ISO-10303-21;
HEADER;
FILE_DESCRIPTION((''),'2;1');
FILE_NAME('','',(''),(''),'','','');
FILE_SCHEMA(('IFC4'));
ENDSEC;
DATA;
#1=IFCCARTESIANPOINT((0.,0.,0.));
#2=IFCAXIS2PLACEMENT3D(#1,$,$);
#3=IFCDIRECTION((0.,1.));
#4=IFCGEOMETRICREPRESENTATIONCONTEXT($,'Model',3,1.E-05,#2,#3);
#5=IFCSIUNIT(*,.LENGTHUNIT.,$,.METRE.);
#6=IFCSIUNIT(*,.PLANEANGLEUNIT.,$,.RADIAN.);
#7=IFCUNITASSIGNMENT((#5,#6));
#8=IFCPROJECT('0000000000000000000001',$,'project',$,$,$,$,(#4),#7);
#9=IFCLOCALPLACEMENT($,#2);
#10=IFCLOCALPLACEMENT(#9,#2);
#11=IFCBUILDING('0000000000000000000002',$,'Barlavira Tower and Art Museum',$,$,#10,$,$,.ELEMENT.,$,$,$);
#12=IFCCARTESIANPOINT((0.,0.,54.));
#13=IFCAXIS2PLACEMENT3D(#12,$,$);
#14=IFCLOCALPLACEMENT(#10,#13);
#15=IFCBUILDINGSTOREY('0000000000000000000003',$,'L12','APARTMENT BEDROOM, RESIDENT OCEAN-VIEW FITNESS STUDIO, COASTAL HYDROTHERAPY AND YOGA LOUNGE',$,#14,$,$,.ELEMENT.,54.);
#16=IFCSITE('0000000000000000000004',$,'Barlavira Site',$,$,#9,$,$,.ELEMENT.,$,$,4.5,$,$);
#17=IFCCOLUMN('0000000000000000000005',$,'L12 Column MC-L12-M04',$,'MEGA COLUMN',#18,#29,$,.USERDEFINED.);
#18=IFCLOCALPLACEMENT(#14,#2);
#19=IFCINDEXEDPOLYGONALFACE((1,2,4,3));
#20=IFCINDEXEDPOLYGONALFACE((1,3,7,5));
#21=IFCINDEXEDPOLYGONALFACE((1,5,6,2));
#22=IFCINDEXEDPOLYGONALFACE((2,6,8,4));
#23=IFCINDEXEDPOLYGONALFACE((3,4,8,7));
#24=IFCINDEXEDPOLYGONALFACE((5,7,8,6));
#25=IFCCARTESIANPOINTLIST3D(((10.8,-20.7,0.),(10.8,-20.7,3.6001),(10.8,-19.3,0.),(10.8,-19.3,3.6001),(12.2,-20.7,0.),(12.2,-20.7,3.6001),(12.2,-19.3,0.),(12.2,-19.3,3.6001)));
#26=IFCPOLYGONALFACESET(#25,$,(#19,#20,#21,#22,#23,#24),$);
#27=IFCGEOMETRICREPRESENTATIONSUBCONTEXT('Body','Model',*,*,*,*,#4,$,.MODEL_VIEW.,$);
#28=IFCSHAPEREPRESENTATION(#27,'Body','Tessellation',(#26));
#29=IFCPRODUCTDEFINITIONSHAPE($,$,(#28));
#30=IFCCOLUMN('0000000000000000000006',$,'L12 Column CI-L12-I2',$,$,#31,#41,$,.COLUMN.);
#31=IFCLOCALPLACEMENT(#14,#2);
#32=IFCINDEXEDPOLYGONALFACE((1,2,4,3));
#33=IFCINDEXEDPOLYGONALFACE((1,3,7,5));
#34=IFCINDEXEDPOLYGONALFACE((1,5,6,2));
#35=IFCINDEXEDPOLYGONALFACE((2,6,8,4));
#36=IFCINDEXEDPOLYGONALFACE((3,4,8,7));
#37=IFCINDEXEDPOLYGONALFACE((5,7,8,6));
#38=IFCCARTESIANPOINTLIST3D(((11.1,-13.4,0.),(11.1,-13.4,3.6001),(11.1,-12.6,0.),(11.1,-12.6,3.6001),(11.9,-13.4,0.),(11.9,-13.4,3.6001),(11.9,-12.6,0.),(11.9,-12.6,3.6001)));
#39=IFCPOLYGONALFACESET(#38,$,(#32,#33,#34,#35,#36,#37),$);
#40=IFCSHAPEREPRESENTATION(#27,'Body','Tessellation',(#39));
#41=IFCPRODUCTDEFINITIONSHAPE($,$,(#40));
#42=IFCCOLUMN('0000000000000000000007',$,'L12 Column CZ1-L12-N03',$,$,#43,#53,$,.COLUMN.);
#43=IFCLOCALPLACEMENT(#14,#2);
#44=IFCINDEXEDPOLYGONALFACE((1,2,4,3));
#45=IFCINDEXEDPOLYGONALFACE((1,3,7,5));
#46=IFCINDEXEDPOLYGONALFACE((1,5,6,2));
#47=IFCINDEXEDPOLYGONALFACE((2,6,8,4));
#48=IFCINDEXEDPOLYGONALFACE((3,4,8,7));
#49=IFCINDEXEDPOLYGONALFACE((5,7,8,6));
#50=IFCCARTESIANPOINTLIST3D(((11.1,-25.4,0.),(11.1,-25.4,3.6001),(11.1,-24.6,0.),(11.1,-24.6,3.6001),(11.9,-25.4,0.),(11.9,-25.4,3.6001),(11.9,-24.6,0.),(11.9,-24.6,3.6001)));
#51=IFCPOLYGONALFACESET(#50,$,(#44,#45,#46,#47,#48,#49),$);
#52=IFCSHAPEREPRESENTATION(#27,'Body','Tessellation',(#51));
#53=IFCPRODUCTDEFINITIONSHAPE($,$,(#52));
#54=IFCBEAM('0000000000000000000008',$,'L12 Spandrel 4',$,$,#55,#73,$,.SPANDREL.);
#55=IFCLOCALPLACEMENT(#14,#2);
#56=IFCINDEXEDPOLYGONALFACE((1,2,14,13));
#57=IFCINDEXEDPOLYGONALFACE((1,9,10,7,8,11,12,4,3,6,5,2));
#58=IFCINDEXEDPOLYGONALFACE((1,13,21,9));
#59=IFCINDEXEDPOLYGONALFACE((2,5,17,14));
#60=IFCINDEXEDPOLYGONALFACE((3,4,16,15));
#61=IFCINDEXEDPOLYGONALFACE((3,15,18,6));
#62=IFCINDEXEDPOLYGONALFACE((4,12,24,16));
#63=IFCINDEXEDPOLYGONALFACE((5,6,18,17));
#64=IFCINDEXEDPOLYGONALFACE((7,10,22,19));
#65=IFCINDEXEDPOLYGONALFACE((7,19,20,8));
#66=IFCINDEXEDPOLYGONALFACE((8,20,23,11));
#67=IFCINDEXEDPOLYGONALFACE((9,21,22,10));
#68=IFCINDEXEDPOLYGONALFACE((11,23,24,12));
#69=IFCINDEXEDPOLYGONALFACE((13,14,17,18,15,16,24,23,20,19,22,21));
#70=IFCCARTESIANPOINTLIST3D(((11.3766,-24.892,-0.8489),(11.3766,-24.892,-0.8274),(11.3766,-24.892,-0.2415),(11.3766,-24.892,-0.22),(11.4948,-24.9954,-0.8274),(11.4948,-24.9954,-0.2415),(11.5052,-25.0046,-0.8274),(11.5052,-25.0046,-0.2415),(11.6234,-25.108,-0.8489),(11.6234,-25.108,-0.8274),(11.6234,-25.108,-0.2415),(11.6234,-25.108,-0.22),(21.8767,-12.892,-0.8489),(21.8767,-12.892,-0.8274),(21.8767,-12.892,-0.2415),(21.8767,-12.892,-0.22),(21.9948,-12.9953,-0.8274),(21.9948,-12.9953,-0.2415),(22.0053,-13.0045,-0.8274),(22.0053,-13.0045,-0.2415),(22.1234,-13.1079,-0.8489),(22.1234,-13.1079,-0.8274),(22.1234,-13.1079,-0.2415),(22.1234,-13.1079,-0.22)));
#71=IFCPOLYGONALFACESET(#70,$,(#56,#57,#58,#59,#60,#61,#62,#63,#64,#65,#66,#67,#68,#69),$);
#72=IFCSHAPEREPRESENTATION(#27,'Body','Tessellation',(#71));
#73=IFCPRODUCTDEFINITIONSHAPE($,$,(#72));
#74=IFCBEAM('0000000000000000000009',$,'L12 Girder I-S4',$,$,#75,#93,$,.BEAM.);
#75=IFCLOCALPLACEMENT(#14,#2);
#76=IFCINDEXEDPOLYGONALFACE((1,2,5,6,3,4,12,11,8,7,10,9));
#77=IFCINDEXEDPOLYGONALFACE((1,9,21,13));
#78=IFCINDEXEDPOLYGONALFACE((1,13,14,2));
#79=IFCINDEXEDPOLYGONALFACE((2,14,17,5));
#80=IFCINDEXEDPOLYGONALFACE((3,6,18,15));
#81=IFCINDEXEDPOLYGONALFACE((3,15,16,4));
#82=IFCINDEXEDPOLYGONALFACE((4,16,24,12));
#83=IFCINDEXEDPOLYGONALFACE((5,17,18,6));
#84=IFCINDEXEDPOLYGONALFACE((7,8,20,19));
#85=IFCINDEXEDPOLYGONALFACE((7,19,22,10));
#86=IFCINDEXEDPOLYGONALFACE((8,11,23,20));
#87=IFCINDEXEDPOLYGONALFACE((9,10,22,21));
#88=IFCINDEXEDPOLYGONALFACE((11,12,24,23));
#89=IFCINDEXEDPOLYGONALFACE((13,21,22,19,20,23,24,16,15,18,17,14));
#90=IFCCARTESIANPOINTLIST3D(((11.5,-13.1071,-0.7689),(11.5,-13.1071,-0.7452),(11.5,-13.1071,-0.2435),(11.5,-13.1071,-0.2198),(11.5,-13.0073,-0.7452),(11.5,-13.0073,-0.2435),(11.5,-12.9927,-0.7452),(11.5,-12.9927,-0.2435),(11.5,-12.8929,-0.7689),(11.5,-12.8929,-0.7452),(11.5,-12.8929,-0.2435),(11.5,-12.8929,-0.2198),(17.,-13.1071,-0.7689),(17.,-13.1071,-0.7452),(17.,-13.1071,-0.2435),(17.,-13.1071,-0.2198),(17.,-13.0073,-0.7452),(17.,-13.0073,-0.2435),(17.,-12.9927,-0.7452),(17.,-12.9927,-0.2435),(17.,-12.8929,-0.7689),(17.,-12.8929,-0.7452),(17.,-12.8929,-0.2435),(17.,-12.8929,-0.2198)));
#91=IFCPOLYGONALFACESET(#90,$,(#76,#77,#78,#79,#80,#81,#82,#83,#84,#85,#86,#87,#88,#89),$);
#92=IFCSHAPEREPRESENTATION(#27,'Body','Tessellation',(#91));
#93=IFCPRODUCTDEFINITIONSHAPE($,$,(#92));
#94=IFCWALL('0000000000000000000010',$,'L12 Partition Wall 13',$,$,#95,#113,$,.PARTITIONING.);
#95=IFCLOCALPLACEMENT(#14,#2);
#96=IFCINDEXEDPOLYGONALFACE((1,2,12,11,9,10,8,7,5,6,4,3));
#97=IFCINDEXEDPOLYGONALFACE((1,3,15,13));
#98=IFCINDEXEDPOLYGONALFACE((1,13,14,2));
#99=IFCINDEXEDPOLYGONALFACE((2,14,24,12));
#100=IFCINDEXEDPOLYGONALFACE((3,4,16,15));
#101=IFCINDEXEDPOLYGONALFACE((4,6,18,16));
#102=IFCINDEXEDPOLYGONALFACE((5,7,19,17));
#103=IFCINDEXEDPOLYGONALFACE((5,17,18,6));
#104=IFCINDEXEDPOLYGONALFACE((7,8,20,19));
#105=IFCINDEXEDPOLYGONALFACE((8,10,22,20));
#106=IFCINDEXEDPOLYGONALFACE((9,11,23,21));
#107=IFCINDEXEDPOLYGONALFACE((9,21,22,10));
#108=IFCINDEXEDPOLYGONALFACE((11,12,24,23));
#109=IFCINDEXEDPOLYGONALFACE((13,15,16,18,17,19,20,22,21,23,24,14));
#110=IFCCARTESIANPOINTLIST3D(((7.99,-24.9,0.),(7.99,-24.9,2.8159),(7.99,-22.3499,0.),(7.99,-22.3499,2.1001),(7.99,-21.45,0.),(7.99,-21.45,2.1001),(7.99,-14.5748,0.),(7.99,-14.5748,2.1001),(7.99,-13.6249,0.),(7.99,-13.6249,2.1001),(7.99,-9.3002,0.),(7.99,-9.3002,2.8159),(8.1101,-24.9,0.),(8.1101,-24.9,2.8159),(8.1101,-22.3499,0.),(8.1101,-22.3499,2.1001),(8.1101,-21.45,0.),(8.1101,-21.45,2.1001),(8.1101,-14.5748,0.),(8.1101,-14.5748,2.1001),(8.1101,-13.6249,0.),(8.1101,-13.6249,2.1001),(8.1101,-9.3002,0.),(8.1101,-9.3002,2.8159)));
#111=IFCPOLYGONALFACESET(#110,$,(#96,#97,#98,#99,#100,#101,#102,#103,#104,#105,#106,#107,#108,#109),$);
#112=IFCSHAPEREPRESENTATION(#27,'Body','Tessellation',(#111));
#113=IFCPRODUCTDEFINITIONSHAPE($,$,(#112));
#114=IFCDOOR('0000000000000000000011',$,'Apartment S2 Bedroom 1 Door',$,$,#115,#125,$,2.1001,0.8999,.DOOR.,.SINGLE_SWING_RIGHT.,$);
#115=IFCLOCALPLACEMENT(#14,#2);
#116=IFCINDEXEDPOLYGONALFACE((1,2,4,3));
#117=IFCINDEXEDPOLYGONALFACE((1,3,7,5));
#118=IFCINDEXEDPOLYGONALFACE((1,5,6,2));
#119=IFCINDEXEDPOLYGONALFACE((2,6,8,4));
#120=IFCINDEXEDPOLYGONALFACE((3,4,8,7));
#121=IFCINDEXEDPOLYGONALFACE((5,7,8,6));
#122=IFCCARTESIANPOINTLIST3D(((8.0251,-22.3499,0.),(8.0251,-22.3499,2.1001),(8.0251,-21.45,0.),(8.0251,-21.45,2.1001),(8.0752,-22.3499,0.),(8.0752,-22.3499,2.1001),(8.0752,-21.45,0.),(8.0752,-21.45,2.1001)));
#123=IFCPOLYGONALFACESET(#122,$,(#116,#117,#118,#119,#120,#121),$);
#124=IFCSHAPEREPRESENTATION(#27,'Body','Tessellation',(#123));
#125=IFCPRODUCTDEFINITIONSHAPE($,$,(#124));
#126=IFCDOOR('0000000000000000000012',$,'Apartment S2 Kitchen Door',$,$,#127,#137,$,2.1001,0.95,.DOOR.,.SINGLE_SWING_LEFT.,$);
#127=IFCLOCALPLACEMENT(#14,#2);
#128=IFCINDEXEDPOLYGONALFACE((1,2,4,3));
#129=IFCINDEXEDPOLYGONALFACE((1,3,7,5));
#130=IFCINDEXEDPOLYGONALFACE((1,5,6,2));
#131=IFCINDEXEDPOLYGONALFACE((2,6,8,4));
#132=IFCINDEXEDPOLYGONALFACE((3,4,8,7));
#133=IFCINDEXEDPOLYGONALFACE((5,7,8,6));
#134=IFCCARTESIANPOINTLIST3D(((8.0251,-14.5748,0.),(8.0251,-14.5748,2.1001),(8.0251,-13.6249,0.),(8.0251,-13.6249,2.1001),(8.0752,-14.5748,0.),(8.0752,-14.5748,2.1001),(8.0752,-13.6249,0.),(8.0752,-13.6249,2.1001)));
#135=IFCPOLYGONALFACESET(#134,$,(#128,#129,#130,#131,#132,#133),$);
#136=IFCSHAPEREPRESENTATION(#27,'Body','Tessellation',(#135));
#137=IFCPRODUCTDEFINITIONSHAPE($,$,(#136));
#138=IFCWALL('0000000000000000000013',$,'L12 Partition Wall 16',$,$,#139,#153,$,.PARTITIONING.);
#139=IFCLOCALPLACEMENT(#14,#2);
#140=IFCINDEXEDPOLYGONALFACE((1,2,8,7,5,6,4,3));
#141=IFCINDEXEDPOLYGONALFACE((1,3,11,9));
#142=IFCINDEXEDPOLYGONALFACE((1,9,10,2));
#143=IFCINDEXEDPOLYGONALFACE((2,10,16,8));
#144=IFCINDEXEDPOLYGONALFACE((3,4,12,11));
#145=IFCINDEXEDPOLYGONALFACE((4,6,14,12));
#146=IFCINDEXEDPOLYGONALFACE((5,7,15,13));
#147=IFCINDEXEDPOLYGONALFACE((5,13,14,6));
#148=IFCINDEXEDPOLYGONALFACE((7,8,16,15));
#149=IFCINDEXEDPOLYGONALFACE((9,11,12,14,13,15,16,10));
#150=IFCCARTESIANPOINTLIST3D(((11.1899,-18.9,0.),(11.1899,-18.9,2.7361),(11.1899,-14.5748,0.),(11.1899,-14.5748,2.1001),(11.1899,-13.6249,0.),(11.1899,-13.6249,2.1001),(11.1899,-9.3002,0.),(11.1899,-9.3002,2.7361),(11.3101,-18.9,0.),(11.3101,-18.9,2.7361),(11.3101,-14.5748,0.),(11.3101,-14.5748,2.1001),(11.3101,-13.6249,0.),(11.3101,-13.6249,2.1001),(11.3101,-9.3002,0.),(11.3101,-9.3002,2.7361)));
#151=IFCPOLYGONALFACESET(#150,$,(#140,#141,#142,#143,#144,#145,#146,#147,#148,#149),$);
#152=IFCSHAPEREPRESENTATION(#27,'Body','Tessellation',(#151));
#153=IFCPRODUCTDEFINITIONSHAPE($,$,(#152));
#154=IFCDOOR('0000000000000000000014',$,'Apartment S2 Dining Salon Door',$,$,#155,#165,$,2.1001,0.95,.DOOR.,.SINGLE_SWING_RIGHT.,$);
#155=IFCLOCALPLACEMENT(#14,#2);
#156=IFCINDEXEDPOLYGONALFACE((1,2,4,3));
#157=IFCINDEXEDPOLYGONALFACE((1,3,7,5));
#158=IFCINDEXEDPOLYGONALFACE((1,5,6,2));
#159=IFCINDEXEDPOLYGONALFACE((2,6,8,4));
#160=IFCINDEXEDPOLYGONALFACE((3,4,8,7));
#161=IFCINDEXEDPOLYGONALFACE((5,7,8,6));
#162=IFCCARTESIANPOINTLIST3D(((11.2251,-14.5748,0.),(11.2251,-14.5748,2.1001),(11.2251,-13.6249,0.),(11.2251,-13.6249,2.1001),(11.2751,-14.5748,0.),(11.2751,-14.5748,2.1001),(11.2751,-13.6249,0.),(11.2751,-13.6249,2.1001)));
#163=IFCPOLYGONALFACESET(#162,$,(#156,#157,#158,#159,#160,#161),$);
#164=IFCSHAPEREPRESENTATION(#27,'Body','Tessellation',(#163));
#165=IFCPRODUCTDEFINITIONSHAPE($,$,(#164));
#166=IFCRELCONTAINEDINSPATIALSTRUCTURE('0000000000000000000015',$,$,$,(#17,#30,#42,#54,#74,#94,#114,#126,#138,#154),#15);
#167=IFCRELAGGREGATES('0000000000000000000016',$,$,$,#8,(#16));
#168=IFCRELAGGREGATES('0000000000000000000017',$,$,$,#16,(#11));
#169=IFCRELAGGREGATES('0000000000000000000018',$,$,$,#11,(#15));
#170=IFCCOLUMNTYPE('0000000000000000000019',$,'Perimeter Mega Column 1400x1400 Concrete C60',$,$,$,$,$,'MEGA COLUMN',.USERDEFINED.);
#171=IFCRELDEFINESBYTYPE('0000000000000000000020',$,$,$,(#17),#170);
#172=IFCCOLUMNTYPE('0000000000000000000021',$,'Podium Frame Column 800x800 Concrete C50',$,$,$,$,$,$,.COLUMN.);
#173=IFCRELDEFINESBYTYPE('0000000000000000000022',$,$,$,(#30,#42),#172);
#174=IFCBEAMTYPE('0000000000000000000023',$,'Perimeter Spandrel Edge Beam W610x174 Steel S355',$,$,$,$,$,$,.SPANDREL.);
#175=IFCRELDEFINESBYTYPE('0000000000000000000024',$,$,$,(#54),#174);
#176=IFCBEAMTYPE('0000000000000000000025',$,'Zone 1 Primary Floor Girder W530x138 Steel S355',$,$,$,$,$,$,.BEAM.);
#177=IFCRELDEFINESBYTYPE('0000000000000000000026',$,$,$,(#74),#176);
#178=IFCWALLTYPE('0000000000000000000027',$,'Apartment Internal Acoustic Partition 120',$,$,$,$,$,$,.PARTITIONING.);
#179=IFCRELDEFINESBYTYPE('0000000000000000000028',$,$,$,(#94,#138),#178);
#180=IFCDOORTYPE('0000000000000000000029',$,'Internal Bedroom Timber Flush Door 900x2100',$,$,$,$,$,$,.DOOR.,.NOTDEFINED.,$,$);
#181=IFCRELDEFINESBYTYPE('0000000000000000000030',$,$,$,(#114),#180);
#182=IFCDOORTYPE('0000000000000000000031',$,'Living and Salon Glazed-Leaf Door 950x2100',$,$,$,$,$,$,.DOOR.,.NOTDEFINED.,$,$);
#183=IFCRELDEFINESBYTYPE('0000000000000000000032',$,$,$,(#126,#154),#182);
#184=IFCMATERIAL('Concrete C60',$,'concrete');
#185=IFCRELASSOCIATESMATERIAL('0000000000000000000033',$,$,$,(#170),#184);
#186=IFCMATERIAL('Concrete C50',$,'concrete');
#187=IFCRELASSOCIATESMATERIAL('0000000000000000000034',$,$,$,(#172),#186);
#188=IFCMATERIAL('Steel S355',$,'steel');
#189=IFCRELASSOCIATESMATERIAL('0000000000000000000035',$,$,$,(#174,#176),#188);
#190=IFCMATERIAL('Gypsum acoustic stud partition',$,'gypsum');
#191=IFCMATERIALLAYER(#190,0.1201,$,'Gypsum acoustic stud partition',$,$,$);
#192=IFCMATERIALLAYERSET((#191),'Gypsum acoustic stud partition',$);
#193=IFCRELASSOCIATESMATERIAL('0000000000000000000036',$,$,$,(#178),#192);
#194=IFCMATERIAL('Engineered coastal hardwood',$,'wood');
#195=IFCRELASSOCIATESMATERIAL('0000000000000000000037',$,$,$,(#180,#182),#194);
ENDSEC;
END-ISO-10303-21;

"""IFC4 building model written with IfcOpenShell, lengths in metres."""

from ifc_helpers import new_model, si_unit, direction, frame, frame_2d, origin, origin_2d, place, context, subcontext, project, spatial, rectangle, i_section, extrude, material, layer, layer_set, material_profile, profile_set, type_object, element, fill, save


model = new_model("IFC4")

# Units and contexts
model_context = context("Model", 3, precision=1e-05, world=origin(), true_north=direction((0.0, 1.0)))
body_context = subcontext(model_context, "Body", "Model", "MODEL_VIEW")
ifc_project = project(units=[si_unit("LENGTHUNIT", "METRE"), si_unit("PLANEANGLEUNIT", "RADIAN")], contexts=[model_context])

# Site, building, storey
site_placement = place(None, origin())
site = spatial("IfcSite", under=ifc_project, at=site_placement, Name="Barlavira Site", CompositionType="ELEMENT", RefElevation=4.5)
building_placement = place(site_placement, origin())
building = spatial("IfcBuilding", under=site, at=building_placement, Name="Barlavira Tower and Art Museum", CompositionType="ELEMENT")
storey_placement = place(building_placement, frame((0.0, 0.0, 54.0)))
storey = spatial("IfcBuildingStorey", under=building, at=storey_placement, Name="L12", Description="APARTMENT BEDROOM, RESIDENT OCEAN-VIEW FITNESS STUDIO, COASTAL HYDROTHERAPY AND YOGA LOUNGE", CompositionType="ELEMENT", Elevation=54.0)

# Columns
ifc_material_1 = material(Name="Concrete C60", Category="concrete")
ifc_material_profile_1 = material_profile(ifc_material_1, rectangle(XDim=1.3999, YDim=1.3999, at=origin_2d()), Name="RC-MCOL 1400x1400")
ifc_profile_set_1 = profile_set([ifc_material_profile_1], Name="Concrete C60")
column_type_1 = type_object("IfcColumnType", Name="Perimeter Mega Column 1400x1400 Concrete C60", ElementType="MEGA COLUMN", PredefinedType="USERDEFINED", material=ifc_profile_set_1)
column_placement = place(storey_placement, frame((11.5, -20.0, 0.0), z_axis=(0.0, 0.0, 1.0), x_axis=(1.0, 0.0, 0.0)))
element("IfcColumn", 1, at=column_placement, inside=storey, type_object=column_type_1, Name="L12 Column MC-L12-M04", ObjectType="MEGA COLUMN", PredefinedType="USERDEFINED", context=body_context, shape_type="SweptSolid", body=[
    extrude(rectangle(XDim=1.3999, YDim=1.3999, at=origin_2d()), origin(), (0.0, 0.0, 1.0), 3.6001),
])
ifc_material_2 = material(Name="Concrete C50", Category="concrete")
ifc_material_profile_2 = material_profile(ifc_material_2, rectangle(XDim=0.8, YDim=0.8, at=origin_2d()), Name="RC-COL 800x800")
ifc_profile_set_2 = profile_set([ifc_material_profile_2], Name="Concrete C50")
column_type_2 = type_object("IfcColumnType", Name="Podium Frame Column 800x800 Concrete C50", PredefinedType="COLUMN", material=ifc_profile_set_2)
for number, where, z_axis, x_axis, name in (
    (2, (11.5, -13.0, 0.0), (0.0, 0.0, 1.0), (1.0, 0.0, 0.0), "L12 Column CI-L12-I2"),
    (3, (11.5, -25.0, 0.0), (0.0, 0.0, 1.0), (1.0, 0.0, 0.0), "L12 Column CZ1-L12-N03"),
):
    element("IfcColumn", number, at=place(storey_placement, frame(where, z_axis=z_axis, x_axis=x_axis)), inside=storey, type_object=column_type_2, Name=name, PredefinedType="COLUMN", context=body_context, shape_type="SweptSolid", body=[
        extrude(rectangle(XDim=0.8, YDim=0.8, at=origin_2d()), origin(), (0.0, 0.0, 1.0), 3.6001),
    ])

# Beams
ifc_material_3 = material(Name="Steel S355", Category="steel")
ifc_material_profile_3 = material_profile(ifc_material_3, i_section(OverallWidth=0.3279, OverallDepth=0.6289, WebThickness=0.0139, FlangeThickness=0.0215, at=origin_2d()), Name="W610x174.0")
ifc_profile_set_3 = profile_set([ifc_material_profile_3], Name="Steel S355")
beam_type_1 = type_object("IfcBeamType", Name="Perimeter Spandrel Edge Beam W610x174 Steel S355", PredefinedType="SPANDREL", material=ifc_profile_set_3)
beam_1_placement = place(storey_placement, frame((11.5, -25.0, -0.5344), z_axis=(0.658505, 0.752577, 0.0), x_axis=(-0.752577, 0.658505, 0.0)))
element("IfcBeam", 4, at=beam_1_placement, inside=storey, type_object=beam_type_1, Name="L12 Spandrel 4", PredefinedType="SPANDREL", context=body_context, shape_type="SweptSolid", body=[
    extrude(i_section(OverallWidth=0.3279, OverallDepth=0.6289, WebThickness=0.0139, FlangeThickness=0.0215, at=origin_2d()), origin(), (0.0, 0.0, 1.0), 15.9453),
])
ifc_material_profile_4 = material_profile(ifc_material_3, i_section(OverallWidth=0.2141, OverallDepth=0.5491, WebThickness=0.0146, FlangeThickness=0.0237, at=origin_2d()), Name="W530x138.0")
ifc_profile_set_4 = profile_set([ifc_material_profile_4], Name="Steel S355")
beam_type_2 = type_object("IfcBeamType", Name="Zone 1 Primary Floor Girder W530x138 Steel S355", PredefinedType="BEAM", material=ifc_profile_set_4)
beam_2_placement = place(storey_placement, frame((11.5, -13.0, -0.4944), z_axis=(1.0, 0.0, 0.0), x_axis=(0.0, 1.0, 0.0)))
element("IfcBeam", 5, at=beam_2_placement, inside=storey, type_object=beam_type_2, Name="L12 Girder I-S4", PredefinedType="BEAM", context=body_context, shape_type="SweptSolid", body=[
    extrude(i_section(OverallWidth=0.2141, OverallDepth=0.5491, WebThickness=0.0146, FlangeThickness=0.0237, at=origin_2d()), origin(), (0.0, 0.0, 1.0), 5.5),
])

# Wall, openings, doors
ifc_material_4 = material(Name="Gypsum acoustic stud partition", Category="gypsum")
ifc_layer_1 = layer(ifc_material_4, 0.1201, Name="Gypsum acoustic stud partition")
ifc_layer_set_1 = layer_set([ifc_layer_1], Name="Gypsum acoustic stud partition")
wall_type_1 = type_object("IfcWallType", Name="Apartment Internal Acoustic Partition 120", PredefinedType="PARTITIONING", material=ifc_layer_set_1)
wall_1_placement = place(storey_placement, frame((8.05, -24.8999, 0.0), z_axis=(0.0, 0.0, 1.0), x_axis=(0.0, 1.0, 0.0)))
wall_1 = element("IfcWall", 6, at=wall_1_placement, inside=storey, type_object=wall_type_1, Name="L12 Partition Wall 13", PredefinedType="PARTITIONING", context=body_context, shape_type="SweptSolid", body=[
    extrude(rectangle(XDim=15.5999, YDim=0.1201, at=frame_2d((7.7998, 0.0))), origin(), (0.0, 0.0, 1.0), 2.8159),
])
opening_1_placement = place(wall_1_placement, frame((10.325, 0.0, 0.0)))
opening_1 = element("IfcOpeningElement", 7, at=opening_1_placement, cuts=wall_1, PredefinedType="OPENING", context=body_context, shape_type="SweptSolid", body=[
    extrude(rectangle(XDim=0.95, YDim=2.1001, at=frame_2d((0.4751, 1.05))), frame((0.0, 0.0701, 0.0), z_axis=(0.0, -1.0, 0.0), x_axis=(1.0, 0.0, 0.0)), (0.0, 0.0, 1.0), 0.1401),
])
opening_2_placement = place(wall_1_placement, frame((2.55, 0.0, 0.0)))
opening_2 = element("IfcOpeningElement", 8, at=opening_2_placement, cuts=wall_1, PredefinedType="OPENING", context=body_context, shape_type="SweptSolid", body=[
    extrude(rectangle(XDim=0.8999, YDim=2.1001, at=frame_2d((0.45, 1.05))), frame((0.0, 0.0701, 0.0), z_axis=(0.0, -1.0, 0.0), x_axis=(1.0, 0.0, 0.0)), (0.0, 0.0, 1.0), 0.1401),
])
ifc_material_5 = material(Name="Engineered coastal hardwood", Category="wood")
door_type_1 = type_object("IfcDoorType", Name="Internal Bedroom Timber Flush Door 900x2100", OperationType="NOTDEFINED", PredefinedType="DOOR", material=ifc_material_5)
door_1_placement = place(opening_2_placement, origin())
door_1 = element("IfcDoor", 9, at=door_1_placement, inside=storey, type_object=door_type_1, Name="Apartment S2 Bedroom 1 Door", OperationType="SINGLE_SWING_RIGHT", OverallHeight=2.1001, OverallWidth=0.8999, PredefinedType="DOOR", context=body_context, shape_type="SweptSolid", body=[
    extrude(rectangle(XDim=0.8999, YDim=2.1001, at=frame_2d((0.45, 1.05))), frame((0.0, 0.0249, 0.0), z_axis=(0.0, -1.0, 0.0), x_axis=(1.0, 0.0, 0.0)), (0.0, 0.0, 1.0), 0.05),
])
fill(opening_2, door_1)
door_type_2 = type_object("IfcDoorType", Name="Living and Salon Glazed-Leaf Door 950x2100", OperationType="NOTDEFINED", PredefinedType="DOOR", material=ifc_material_5)
door_2_placement = place(opening_1_placement, origin())
door_2 = element("IfcDoor", 10, at=door_2_placement, inside=storey, type_object=door_type_2, Name="Apartment S2 Kitchen Door", OperationType="SINGLE_SWING_LEFT", OverallHeight=2.1001, OverallWidth=0.95, PredefinedType="DOOR", context=body_context, shape_type="SweptSolid", body=[
    extrude(rectangle(XDim=0.95, YDim=2.1001, at=frame_2d((0.4751, 1.05))), frame((0.0, 0.0249, 0.0), z_axis=(0.0, -1.0, 0.0), x_axis=(1.0, 0.0, 0.0)), (0.0, 0.0, 1.0), 0.05),
])
fill(opening_1, door_2)

# Wall, opening, door
wall_2_placement = place(storey_placement, frame((11.25, -18.8999, 0.0), z_axis=(0.0, 0.0, 1.0), x_axis=(0.0, 1.0, 0.0)))
wall_2 = element("IfcWall", 11, at=wall_2_placement, inside=storey, type_object=wall_type_1, Name="L12 Partition Wall 16", PredefinedType="PARTITIONING", context=body_context, shape_type="SweptSolid", body=[
    extrude(rectangle(XDim=9.5999, YDim=0.1201, at=frame_2d((4.7998, 0.0))), origin(), (0.0, 0.0, 1.0), 2.7361),
])
opening_3_placement = place(wall_2_placement, frame((4.325, 0.0, 0.0)))
opening_3 = element("IfcOpeningElement", 12, at=opening_3_placement, cuts=wall_2, PredefinedType="OPENING", context=body_context, shape_type="SweptSolid", body=[
    extrude(rectangle(XDim=0.95, YDim=2.1001, at=frame_2d((0.4751, 1.05))), frame((0.0, 0.0701, 0.0), z_axis=(0.0, -1.0, 0.0), x_axis=(1.0, 0.0, 0.0)), (0.0, 0.0, 1.0), 0.1401),
])
door_3_placement = place(opening_3_placement, origin())
door_3 = element("IfcDoor", 13, at=door_3_placement, inside=storey, type_object=door_type_2, Name="Apartment S2 Dining Salon Door", OperationType="SINGLE_SWING_RIGHT", OverallHeight=2.1001, OverallWidth=0.95, PredefinedType="DOOR", context=body_context, shape_type="SweptSolid", body=[
    extrude(rectangle(XDim=0.95, YDim=2.1001, at=frame_2d((0.4751, 1.05))), frame((0.0, 0.0249, 0.0), z_axis=(0.0, -1.0, 0.0), x_axis=(1.0, 0.0, 0.0)), (0.0, 0.0, 1.0), 0.05),
])
fill(opening_3, door_3)

save(model, "model.ifc")
